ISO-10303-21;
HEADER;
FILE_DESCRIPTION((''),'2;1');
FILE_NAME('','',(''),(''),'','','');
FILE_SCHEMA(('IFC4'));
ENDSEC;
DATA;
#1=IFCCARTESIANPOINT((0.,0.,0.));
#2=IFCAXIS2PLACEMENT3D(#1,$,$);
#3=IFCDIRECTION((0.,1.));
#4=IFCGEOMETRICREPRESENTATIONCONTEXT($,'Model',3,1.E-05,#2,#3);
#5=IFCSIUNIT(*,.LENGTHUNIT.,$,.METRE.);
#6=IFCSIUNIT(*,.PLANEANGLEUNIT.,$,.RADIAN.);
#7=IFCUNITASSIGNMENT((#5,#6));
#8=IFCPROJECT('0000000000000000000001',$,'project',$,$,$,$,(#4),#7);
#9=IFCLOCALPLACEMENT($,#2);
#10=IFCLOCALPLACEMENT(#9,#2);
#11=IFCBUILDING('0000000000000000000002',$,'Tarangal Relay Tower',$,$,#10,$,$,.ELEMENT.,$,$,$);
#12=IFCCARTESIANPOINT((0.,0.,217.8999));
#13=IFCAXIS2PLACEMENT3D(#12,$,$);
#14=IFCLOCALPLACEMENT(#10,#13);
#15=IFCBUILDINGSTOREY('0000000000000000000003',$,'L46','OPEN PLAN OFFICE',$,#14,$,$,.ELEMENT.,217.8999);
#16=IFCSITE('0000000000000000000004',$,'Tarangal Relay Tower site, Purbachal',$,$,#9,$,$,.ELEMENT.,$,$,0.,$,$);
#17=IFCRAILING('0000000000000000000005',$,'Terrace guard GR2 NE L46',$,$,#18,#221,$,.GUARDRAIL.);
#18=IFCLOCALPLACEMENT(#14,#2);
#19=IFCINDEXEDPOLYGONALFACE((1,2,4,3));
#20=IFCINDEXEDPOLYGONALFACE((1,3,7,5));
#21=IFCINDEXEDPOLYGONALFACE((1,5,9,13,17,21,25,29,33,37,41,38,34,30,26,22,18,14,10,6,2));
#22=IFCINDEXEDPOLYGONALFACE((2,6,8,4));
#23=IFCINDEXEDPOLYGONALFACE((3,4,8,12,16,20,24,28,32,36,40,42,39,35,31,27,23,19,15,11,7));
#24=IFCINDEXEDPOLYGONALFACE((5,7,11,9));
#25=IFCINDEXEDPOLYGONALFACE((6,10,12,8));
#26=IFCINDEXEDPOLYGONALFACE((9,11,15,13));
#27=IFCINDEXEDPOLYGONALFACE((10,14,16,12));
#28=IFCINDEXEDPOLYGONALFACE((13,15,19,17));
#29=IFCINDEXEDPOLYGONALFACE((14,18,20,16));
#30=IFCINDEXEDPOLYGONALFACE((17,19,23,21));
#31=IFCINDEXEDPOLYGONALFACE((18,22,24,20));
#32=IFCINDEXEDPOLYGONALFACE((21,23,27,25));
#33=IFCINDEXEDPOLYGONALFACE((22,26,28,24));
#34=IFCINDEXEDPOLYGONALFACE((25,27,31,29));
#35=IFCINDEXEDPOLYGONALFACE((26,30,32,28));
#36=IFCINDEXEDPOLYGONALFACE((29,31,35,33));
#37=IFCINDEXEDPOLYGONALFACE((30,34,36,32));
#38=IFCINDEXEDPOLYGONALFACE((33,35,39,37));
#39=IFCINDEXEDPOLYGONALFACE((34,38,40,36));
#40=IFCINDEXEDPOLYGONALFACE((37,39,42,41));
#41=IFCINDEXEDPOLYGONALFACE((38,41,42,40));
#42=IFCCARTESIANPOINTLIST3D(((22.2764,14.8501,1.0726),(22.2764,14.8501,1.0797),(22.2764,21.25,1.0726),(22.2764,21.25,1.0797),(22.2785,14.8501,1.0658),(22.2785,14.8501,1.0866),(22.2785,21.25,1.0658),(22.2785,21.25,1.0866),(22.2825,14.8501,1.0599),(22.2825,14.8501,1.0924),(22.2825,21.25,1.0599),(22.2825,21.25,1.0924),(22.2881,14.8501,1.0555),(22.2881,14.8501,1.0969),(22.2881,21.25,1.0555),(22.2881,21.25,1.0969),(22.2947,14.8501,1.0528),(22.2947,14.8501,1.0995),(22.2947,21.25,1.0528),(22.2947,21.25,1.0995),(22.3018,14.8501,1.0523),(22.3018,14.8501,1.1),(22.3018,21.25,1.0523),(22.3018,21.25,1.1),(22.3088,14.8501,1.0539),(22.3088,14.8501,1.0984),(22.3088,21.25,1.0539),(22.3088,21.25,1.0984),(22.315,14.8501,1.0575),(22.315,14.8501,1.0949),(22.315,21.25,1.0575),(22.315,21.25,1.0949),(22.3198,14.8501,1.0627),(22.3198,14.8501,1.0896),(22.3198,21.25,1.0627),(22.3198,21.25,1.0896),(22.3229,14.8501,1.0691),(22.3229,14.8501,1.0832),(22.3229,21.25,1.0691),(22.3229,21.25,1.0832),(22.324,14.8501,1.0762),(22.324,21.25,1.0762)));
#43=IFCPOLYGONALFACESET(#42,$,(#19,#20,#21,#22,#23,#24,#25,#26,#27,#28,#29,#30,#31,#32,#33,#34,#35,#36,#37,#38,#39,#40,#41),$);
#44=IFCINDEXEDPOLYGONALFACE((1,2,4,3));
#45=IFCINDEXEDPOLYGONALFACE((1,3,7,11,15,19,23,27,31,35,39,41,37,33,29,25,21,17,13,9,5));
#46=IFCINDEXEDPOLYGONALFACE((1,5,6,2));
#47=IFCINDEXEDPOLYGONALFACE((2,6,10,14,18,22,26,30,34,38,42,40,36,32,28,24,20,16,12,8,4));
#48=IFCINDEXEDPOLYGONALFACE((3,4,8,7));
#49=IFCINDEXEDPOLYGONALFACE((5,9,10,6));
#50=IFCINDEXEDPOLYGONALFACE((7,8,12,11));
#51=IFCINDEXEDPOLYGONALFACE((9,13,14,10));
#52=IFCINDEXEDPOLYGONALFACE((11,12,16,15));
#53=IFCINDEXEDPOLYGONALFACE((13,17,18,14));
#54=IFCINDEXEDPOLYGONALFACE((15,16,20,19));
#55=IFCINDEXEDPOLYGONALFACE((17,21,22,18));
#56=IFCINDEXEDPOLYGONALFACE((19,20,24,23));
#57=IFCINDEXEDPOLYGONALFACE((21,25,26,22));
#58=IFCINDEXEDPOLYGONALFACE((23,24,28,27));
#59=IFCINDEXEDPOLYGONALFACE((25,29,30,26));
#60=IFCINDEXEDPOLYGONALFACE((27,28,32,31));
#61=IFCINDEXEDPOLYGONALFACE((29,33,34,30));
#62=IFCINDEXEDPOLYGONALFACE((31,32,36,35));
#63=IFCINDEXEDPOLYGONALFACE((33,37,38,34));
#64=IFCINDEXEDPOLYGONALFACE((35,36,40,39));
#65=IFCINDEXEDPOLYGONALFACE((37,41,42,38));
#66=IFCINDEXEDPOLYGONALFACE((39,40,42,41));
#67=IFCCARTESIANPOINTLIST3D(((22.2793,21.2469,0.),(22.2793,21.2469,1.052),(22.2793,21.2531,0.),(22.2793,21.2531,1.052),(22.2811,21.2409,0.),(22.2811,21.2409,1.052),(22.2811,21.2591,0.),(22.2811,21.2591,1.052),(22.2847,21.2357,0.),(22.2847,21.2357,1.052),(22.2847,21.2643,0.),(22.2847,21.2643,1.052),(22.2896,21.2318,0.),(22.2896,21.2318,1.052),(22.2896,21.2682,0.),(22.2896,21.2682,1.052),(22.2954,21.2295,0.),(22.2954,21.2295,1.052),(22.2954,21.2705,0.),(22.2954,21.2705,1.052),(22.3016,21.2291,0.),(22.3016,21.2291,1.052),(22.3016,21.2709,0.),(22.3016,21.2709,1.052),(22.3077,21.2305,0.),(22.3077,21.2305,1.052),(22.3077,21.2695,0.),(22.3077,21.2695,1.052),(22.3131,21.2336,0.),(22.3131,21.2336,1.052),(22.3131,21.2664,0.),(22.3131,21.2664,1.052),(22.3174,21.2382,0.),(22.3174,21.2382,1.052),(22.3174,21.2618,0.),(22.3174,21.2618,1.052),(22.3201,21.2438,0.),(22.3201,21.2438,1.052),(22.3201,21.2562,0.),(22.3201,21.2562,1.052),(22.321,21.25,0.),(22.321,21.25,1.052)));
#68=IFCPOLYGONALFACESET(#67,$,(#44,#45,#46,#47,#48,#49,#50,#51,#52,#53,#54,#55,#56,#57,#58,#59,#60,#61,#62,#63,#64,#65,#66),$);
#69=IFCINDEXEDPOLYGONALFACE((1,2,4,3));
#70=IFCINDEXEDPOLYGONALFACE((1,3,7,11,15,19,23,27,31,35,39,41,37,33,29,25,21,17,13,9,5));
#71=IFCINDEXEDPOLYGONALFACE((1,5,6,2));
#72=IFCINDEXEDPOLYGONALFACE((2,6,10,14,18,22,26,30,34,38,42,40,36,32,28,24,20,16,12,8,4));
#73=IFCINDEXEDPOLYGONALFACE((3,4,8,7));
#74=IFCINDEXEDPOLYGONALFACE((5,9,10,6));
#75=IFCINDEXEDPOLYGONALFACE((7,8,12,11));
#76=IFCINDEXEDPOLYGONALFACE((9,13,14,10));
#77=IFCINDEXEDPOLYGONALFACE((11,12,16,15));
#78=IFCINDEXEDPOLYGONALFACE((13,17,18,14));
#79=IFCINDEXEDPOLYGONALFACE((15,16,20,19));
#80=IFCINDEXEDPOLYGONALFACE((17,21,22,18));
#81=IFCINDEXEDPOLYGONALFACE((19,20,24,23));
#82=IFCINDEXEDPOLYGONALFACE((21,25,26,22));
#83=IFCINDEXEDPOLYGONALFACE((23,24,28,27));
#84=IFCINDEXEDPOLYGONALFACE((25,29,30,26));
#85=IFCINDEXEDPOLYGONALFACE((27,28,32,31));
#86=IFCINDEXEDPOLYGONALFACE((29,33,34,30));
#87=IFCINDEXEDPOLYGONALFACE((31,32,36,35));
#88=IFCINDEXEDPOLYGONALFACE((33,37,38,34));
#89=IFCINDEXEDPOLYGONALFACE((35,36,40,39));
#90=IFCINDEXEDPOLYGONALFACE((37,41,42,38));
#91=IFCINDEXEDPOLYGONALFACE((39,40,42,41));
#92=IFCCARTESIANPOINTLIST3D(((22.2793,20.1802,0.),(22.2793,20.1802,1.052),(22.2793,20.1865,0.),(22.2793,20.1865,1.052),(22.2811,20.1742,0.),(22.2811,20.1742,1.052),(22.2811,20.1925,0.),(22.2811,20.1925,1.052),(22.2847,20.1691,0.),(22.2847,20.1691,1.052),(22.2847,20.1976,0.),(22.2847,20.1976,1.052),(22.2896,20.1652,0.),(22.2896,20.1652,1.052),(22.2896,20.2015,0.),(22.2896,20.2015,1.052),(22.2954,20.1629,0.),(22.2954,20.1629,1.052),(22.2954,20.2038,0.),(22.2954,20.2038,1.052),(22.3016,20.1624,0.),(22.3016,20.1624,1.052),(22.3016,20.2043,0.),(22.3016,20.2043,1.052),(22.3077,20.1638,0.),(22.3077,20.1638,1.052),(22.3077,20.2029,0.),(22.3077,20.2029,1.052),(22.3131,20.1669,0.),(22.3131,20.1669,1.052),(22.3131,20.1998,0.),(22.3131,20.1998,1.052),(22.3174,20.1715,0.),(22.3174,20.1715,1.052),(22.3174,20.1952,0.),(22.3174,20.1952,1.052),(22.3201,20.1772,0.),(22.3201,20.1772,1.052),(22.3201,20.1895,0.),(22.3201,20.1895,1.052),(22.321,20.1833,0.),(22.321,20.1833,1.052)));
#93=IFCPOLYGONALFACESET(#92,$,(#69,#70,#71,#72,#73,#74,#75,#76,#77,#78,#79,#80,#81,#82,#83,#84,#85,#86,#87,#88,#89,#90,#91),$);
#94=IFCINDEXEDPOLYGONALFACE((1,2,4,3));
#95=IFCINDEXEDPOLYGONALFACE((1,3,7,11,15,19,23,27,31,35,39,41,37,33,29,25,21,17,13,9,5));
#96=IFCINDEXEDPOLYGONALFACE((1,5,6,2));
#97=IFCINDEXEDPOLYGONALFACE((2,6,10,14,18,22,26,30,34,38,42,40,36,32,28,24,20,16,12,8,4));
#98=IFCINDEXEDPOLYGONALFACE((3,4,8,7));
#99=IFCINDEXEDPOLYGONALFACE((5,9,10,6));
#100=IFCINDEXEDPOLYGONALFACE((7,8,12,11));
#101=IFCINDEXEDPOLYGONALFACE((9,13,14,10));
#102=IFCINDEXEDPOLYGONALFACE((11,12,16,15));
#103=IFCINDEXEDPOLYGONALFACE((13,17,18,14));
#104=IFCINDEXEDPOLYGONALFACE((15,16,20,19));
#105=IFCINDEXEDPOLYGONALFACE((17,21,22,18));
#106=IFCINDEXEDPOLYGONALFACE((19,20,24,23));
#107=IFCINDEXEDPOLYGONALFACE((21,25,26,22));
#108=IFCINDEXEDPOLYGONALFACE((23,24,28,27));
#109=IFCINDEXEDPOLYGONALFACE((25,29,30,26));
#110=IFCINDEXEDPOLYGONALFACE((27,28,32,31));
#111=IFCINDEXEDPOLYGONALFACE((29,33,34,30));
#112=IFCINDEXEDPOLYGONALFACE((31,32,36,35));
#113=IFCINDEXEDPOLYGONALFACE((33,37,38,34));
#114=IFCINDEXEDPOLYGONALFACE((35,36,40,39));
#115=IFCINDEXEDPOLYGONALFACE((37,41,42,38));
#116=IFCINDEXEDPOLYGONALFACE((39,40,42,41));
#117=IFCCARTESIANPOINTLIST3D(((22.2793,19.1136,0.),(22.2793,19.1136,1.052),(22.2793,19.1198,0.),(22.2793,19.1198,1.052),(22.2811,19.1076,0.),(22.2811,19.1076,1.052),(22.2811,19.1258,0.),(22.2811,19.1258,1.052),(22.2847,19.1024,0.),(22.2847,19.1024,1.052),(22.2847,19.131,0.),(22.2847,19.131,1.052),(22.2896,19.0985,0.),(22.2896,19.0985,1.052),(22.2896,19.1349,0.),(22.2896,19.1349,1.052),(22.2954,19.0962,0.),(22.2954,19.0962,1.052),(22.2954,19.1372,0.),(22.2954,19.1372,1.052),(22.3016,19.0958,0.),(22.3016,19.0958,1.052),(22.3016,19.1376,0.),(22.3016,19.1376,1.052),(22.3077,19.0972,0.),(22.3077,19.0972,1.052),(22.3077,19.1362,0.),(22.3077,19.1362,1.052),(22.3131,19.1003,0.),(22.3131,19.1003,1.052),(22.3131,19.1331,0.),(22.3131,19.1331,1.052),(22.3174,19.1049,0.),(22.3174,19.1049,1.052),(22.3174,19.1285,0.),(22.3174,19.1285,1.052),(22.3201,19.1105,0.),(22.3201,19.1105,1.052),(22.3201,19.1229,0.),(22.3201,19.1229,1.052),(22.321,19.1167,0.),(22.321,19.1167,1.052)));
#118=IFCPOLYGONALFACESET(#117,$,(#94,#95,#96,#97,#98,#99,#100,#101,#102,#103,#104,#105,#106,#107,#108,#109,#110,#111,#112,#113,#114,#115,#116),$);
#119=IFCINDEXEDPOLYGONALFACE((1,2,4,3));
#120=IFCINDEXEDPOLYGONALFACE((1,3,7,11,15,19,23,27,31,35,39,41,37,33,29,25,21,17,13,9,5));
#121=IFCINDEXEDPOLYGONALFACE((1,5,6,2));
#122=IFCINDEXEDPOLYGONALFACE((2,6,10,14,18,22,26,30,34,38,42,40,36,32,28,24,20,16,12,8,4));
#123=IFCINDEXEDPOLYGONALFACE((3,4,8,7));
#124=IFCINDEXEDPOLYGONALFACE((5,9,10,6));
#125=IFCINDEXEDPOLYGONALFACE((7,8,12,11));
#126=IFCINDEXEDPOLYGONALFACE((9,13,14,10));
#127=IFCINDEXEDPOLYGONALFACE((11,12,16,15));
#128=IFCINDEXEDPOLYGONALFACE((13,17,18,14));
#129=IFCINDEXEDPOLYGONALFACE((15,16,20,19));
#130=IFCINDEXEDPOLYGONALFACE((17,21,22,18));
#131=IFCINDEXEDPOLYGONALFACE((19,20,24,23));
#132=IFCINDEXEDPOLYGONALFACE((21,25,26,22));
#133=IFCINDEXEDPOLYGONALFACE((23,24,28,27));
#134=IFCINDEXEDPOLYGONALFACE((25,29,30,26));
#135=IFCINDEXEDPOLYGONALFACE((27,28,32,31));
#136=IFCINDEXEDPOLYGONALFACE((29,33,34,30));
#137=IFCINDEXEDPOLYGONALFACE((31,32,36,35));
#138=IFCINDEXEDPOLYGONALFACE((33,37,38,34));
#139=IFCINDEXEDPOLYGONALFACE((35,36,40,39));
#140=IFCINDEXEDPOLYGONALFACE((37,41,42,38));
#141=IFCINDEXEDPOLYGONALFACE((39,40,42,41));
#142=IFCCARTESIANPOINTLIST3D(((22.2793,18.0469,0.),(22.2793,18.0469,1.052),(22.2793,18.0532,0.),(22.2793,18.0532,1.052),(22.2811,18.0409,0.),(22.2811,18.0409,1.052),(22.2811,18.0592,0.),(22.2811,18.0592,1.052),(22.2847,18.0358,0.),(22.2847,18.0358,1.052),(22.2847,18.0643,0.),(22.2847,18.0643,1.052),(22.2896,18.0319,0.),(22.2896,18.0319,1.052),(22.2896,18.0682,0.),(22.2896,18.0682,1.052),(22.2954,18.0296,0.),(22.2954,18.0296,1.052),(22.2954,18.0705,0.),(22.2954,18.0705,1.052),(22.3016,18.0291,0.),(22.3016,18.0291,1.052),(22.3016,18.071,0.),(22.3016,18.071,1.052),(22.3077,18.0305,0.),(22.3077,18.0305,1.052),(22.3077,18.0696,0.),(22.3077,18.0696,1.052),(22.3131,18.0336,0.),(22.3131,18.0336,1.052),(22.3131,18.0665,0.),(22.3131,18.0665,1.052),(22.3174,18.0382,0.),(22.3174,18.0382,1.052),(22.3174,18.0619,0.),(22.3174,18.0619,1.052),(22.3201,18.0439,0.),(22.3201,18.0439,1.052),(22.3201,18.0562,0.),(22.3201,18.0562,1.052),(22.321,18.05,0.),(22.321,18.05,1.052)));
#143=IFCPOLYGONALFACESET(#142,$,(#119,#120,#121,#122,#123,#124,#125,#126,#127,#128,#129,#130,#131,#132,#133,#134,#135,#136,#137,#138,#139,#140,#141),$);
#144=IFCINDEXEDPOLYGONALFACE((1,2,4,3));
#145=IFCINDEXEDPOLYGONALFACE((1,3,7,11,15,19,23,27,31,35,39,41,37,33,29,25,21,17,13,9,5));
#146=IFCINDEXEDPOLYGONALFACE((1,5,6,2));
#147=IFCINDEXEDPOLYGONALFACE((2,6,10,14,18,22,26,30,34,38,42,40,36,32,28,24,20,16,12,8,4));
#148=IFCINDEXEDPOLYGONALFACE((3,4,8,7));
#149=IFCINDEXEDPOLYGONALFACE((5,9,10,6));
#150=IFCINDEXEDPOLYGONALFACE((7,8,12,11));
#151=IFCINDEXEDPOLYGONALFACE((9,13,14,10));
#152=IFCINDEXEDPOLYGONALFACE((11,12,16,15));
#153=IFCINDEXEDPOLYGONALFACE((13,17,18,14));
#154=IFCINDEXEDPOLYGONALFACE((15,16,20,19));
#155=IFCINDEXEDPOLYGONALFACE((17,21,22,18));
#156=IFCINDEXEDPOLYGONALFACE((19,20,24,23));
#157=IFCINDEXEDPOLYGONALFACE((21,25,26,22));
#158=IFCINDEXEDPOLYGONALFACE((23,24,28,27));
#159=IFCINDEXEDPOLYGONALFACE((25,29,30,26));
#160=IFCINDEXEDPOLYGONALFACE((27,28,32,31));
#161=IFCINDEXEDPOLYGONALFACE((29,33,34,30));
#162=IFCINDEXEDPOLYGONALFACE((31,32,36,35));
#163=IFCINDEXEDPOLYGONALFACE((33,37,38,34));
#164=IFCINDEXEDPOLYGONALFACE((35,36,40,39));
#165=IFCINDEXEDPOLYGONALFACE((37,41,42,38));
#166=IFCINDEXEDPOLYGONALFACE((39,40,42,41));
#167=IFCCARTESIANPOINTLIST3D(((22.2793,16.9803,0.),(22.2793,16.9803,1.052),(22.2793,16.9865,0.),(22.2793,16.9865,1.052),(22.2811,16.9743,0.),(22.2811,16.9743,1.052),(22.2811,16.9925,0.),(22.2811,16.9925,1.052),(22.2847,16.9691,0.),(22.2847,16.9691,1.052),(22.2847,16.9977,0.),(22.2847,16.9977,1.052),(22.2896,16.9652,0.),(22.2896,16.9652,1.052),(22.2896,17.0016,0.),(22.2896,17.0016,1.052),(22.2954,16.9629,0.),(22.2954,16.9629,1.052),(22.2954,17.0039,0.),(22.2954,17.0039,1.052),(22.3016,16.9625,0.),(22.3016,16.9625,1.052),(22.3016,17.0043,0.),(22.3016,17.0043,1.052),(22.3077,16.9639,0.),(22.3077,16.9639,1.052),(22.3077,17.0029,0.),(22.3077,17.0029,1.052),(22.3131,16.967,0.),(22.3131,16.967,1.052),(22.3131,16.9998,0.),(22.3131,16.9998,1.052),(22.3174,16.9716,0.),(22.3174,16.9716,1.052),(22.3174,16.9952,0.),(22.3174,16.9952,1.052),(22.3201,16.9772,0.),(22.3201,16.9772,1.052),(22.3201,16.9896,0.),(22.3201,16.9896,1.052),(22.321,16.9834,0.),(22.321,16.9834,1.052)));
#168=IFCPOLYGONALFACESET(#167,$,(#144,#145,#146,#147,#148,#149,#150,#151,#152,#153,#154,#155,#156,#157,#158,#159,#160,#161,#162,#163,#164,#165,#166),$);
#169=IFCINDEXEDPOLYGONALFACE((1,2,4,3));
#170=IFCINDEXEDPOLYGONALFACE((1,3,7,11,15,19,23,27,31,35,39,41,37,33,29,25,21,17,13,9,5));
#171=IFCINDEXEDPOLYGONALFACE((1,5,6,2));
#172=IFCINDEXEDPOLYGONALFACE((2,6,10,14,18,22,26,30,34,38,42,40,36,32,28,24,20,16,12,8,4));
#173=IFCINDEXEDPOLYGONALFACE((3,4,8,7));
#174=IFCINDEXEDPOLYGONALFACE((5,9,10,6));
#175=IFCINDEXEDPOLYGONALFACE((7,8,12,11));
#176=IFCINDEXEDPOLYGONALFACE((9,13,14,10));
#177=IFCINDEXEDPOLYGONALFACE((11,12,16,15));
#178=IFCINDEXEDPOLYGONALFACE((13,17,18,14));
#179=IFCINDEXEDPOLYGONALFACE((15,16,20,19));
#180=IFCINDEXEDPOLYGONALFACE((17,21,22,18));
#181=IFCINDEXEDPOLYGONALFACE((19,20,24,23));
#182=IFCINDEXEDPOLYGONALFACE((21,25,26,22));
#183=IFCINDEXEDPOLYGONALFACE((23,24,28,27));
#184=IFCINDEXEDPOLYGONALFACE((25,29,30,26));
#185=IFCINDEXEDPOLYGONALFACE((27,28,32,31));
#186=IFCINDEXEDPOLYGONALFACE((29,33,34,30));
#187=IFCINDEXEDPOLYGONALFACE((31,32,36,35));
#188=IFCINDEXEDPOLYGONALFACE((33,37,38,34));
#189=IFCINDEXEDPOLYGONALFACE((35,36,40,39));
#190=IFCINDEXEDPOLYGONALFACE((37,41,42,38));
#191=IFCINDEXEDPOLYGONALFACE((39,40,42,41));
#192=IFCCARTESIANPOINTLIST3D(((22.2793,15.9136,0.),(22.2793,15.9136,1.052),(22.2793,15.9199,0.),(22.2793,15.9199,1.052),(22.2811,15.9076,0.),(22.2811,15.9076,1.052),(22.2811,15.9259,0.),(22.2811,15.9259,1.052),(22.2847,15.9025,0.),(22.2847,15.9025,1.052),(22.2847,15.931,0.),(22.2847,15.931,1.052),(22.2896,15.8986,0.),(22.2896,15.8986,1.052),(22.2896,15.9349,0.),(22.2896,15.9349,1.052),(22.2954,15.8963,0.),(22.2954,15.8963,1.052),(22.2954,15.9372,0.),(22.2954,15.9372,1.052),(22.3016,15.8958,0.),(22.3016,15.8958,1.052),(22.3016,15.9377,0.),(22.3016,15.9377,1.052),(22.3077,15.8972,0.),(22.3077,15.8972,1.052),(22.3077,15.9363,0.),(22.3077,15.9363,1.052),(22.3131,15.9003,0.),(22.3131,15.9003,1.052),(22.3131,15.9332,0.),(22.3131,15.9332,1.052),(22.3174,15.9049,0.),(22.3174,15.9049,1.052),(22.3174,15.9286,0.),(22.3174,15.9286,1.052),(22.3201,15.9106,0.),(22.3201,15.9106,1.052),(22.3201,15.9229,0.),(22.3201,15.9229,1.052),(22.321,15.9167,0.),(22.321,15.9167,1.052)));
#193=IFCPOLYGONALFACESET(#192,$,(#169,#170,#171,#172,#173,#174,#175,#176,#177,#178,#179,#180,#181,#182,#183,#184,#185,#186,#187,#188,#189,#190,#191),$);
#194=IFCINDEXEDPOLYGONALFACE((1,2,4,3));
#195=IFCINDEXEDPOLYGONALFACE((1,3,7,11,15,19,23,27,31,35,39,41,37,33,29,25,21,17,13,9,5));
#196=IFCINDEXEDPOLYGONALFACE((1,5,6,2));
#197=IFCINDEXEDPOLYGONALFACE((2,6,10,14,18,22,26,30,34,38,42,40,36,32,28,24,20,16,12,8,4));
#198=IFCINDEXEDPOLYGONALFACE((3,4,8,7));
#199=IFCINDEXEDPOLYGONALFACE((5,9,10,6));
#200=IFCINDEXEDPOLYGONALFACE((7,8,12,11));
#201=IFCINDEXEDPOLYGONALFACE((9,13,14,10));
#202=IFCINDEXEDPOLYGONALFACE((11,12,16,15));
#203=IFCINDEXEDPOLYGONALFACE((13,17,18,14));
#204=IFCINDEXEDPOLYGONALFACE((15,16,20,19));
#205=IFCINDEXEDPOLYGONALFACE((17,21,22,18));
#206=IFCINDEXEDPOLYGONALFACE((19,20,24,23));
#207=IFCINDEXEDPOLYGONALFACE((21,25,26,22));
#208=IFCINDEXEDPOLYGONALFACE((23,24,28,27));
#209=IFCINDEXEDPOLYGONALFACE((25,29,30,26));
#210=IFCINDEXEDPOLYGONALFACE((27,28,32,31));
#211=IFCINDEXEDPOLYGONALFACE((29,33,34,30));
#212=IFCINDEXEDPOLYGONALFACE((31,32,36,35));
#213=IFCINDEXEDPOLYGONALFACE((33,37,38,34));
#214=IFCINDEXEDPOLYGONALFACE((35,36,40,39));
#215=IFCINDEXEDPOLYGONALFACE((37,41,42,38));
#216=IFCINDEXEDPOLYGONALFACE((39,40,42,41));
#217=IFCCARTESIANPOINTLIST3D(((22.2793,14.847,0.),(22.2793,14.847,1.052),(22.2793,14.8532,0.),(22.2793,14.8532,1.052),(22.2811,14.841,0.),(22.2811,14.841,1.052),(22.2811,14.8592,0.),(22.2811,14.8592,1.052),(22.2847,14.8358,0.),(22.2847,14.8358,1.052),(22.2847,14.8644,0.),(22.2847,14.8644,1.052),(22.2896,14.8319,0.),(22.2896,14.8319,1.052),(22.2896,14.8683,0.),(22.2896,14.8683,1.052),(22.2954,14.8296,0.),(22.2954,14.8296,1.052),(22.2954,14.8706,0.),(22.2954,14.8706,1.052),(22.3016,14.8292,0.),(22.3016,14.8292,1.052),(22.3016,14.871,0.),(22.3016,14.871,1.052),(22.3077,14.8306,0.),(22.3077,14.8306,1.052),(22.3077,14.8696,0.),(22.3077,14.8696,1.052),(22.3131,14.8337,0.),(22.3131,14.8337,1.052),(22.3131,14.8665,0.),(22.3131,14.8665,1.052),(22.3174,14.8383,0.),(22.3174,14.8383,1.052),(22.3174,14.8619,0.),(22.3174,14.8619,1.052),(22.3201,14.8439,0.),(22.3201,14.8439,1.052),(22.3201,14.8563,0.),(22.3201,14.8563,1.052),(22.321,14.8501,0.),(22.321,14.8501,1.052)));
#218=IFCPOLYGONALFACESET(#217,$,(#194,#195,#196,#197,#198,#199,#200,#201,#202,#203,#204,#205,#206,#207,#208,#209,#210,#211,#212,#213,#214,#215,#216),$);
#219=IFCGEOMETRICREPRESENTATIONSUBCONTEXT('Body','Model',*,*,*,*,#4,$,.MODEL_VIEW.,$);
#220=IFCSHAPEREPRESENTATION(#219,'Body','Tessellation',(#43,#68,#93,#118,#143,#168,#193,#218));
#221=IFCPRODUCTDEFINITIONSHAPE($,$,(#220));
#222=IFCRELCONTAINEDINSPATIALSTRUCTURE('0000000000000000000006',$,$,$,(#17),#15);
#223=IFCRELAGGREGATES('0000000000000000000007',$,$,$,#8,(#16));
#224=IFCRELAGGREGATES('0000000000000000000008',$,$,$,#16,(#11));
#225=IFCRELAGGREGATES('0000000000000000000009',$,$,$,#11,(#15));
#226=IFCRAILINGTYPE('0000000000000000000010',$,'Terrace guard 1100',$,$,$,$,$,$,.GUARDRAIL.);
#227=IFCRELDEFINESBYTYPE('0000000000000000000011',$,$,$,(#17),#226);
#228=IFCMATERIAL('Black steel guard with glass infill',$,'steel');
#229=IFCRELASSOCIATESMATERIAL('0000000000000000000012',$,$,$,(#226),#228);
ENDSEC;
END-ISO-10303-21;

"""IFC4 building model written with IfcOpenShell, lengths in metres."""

from ifc_helpers import new_model, si_unit, direction, frame, origin, origin_2d, place, context, subcontext, project, spatial, circle, extrude, material, type_object, element, save


model = new_model("IFC4")

# Units and contexts
model_context = context("Model", 3, precision=1e-05, world=origin(), true_north=direction((0.0, 1.0)))
body_context = subcontext(model_context, "Body", "Model", "MODEL_VIEW")
ifc_project = project(units=[si_unit("LENGTHUNIT", "METRE"), si_unit("PLANEANGLEUNIT", "RADIAN")], contexts=[model_context])

# Site, building, storey
site_placement = place(None, origin())
site = spatial("IfcSite", under=ifc_project, at=site_placement, Name="Tarangal Relay Tower site, Purbachal", CompositionType="ELEMENT", RefElevation=0.0)
building_placement = place(site_placement, origin())
building = spatial("IfcBuilding", under=site, at=building_placement, Name="Tarangal Relay Tower", CompositionType="ELEMENT")
storey_placement = place(building_placement, frame((0.0, 0.0, 217.8999)))
storey = spatial("IfcBuildingStorey", under=building, at=storey_placement, Name="L46", Description="OPEN PLAN OFFICE", CompositionType="ELEMENT", Elevation=217.8999)

# Railing
ifc_material_1 = material(Name="Black steel guard with glass infill", Category="steel")
railing_type = type_object("IfcRailingType", Name="Terrace guard 1100", PredefinedType="GUARDRAIL", material=ifc_material_1)
railing_1_placement = place(storey_placement, frame((22.3, 21.25, 0.0)))
element("IfcRailing", 1, at=railing_1_placement, inside=storey, type_object=railing_type, Name="Terrace guard GR2 NE L46", PredefinedType="GUARDRAIL", context=body_context, shape_type="SweptSolid", body=[
    extrude(circle(Radius=0.0239, at=origin_2d()), frame((0.0, 0.0, 1.0762), z_axis=(0.0, -1.0, 0.0), x_axis=(1.0, 0.0, 0.0)), (0.0, 0.0, 1.0), 6.3999),
    extrude(circle(Radius=0.021, at=origin_2d()), origin(), (0.0, 0.0, 1.0), 1.052),
    extrude(circle(Radius=0.021, at=origin_2d()), frame((0.0, -1.0667, 0.0)), (0.0, 0.0, 1.0), 1.052),
    extrude(circle(Radius=0.021, at=origin_2d()), frame((0.0, -2.1333, 0.0)), (0.0, 0.0, 1.0), 1.052),
    extrude(circle(Radius=0.021, at=origin_2d()), frame((0.0, -3.2, 0.0)), (0.0, 0.0, 1.0), 1.052),
    extrude(circle(Radius=0.021, at=origin_2d()), frame((0.0, -4.2666, 0.0)), (0.0, 0.0, 1.0), 1.052),
    extrude(circle(Radius=0.021, at=origin_2d()), frame((0.0, -5.3333, 0.0)), (0.0, 0.0, 1.0), 1.052),
    extrude(circle(Radius=0.021, at=origin_2d()), frame((0.0, -6.3999, 0.0)), (0.0, 0.0, 1.0), 1.052),
])

save(model, "model.ifc")
